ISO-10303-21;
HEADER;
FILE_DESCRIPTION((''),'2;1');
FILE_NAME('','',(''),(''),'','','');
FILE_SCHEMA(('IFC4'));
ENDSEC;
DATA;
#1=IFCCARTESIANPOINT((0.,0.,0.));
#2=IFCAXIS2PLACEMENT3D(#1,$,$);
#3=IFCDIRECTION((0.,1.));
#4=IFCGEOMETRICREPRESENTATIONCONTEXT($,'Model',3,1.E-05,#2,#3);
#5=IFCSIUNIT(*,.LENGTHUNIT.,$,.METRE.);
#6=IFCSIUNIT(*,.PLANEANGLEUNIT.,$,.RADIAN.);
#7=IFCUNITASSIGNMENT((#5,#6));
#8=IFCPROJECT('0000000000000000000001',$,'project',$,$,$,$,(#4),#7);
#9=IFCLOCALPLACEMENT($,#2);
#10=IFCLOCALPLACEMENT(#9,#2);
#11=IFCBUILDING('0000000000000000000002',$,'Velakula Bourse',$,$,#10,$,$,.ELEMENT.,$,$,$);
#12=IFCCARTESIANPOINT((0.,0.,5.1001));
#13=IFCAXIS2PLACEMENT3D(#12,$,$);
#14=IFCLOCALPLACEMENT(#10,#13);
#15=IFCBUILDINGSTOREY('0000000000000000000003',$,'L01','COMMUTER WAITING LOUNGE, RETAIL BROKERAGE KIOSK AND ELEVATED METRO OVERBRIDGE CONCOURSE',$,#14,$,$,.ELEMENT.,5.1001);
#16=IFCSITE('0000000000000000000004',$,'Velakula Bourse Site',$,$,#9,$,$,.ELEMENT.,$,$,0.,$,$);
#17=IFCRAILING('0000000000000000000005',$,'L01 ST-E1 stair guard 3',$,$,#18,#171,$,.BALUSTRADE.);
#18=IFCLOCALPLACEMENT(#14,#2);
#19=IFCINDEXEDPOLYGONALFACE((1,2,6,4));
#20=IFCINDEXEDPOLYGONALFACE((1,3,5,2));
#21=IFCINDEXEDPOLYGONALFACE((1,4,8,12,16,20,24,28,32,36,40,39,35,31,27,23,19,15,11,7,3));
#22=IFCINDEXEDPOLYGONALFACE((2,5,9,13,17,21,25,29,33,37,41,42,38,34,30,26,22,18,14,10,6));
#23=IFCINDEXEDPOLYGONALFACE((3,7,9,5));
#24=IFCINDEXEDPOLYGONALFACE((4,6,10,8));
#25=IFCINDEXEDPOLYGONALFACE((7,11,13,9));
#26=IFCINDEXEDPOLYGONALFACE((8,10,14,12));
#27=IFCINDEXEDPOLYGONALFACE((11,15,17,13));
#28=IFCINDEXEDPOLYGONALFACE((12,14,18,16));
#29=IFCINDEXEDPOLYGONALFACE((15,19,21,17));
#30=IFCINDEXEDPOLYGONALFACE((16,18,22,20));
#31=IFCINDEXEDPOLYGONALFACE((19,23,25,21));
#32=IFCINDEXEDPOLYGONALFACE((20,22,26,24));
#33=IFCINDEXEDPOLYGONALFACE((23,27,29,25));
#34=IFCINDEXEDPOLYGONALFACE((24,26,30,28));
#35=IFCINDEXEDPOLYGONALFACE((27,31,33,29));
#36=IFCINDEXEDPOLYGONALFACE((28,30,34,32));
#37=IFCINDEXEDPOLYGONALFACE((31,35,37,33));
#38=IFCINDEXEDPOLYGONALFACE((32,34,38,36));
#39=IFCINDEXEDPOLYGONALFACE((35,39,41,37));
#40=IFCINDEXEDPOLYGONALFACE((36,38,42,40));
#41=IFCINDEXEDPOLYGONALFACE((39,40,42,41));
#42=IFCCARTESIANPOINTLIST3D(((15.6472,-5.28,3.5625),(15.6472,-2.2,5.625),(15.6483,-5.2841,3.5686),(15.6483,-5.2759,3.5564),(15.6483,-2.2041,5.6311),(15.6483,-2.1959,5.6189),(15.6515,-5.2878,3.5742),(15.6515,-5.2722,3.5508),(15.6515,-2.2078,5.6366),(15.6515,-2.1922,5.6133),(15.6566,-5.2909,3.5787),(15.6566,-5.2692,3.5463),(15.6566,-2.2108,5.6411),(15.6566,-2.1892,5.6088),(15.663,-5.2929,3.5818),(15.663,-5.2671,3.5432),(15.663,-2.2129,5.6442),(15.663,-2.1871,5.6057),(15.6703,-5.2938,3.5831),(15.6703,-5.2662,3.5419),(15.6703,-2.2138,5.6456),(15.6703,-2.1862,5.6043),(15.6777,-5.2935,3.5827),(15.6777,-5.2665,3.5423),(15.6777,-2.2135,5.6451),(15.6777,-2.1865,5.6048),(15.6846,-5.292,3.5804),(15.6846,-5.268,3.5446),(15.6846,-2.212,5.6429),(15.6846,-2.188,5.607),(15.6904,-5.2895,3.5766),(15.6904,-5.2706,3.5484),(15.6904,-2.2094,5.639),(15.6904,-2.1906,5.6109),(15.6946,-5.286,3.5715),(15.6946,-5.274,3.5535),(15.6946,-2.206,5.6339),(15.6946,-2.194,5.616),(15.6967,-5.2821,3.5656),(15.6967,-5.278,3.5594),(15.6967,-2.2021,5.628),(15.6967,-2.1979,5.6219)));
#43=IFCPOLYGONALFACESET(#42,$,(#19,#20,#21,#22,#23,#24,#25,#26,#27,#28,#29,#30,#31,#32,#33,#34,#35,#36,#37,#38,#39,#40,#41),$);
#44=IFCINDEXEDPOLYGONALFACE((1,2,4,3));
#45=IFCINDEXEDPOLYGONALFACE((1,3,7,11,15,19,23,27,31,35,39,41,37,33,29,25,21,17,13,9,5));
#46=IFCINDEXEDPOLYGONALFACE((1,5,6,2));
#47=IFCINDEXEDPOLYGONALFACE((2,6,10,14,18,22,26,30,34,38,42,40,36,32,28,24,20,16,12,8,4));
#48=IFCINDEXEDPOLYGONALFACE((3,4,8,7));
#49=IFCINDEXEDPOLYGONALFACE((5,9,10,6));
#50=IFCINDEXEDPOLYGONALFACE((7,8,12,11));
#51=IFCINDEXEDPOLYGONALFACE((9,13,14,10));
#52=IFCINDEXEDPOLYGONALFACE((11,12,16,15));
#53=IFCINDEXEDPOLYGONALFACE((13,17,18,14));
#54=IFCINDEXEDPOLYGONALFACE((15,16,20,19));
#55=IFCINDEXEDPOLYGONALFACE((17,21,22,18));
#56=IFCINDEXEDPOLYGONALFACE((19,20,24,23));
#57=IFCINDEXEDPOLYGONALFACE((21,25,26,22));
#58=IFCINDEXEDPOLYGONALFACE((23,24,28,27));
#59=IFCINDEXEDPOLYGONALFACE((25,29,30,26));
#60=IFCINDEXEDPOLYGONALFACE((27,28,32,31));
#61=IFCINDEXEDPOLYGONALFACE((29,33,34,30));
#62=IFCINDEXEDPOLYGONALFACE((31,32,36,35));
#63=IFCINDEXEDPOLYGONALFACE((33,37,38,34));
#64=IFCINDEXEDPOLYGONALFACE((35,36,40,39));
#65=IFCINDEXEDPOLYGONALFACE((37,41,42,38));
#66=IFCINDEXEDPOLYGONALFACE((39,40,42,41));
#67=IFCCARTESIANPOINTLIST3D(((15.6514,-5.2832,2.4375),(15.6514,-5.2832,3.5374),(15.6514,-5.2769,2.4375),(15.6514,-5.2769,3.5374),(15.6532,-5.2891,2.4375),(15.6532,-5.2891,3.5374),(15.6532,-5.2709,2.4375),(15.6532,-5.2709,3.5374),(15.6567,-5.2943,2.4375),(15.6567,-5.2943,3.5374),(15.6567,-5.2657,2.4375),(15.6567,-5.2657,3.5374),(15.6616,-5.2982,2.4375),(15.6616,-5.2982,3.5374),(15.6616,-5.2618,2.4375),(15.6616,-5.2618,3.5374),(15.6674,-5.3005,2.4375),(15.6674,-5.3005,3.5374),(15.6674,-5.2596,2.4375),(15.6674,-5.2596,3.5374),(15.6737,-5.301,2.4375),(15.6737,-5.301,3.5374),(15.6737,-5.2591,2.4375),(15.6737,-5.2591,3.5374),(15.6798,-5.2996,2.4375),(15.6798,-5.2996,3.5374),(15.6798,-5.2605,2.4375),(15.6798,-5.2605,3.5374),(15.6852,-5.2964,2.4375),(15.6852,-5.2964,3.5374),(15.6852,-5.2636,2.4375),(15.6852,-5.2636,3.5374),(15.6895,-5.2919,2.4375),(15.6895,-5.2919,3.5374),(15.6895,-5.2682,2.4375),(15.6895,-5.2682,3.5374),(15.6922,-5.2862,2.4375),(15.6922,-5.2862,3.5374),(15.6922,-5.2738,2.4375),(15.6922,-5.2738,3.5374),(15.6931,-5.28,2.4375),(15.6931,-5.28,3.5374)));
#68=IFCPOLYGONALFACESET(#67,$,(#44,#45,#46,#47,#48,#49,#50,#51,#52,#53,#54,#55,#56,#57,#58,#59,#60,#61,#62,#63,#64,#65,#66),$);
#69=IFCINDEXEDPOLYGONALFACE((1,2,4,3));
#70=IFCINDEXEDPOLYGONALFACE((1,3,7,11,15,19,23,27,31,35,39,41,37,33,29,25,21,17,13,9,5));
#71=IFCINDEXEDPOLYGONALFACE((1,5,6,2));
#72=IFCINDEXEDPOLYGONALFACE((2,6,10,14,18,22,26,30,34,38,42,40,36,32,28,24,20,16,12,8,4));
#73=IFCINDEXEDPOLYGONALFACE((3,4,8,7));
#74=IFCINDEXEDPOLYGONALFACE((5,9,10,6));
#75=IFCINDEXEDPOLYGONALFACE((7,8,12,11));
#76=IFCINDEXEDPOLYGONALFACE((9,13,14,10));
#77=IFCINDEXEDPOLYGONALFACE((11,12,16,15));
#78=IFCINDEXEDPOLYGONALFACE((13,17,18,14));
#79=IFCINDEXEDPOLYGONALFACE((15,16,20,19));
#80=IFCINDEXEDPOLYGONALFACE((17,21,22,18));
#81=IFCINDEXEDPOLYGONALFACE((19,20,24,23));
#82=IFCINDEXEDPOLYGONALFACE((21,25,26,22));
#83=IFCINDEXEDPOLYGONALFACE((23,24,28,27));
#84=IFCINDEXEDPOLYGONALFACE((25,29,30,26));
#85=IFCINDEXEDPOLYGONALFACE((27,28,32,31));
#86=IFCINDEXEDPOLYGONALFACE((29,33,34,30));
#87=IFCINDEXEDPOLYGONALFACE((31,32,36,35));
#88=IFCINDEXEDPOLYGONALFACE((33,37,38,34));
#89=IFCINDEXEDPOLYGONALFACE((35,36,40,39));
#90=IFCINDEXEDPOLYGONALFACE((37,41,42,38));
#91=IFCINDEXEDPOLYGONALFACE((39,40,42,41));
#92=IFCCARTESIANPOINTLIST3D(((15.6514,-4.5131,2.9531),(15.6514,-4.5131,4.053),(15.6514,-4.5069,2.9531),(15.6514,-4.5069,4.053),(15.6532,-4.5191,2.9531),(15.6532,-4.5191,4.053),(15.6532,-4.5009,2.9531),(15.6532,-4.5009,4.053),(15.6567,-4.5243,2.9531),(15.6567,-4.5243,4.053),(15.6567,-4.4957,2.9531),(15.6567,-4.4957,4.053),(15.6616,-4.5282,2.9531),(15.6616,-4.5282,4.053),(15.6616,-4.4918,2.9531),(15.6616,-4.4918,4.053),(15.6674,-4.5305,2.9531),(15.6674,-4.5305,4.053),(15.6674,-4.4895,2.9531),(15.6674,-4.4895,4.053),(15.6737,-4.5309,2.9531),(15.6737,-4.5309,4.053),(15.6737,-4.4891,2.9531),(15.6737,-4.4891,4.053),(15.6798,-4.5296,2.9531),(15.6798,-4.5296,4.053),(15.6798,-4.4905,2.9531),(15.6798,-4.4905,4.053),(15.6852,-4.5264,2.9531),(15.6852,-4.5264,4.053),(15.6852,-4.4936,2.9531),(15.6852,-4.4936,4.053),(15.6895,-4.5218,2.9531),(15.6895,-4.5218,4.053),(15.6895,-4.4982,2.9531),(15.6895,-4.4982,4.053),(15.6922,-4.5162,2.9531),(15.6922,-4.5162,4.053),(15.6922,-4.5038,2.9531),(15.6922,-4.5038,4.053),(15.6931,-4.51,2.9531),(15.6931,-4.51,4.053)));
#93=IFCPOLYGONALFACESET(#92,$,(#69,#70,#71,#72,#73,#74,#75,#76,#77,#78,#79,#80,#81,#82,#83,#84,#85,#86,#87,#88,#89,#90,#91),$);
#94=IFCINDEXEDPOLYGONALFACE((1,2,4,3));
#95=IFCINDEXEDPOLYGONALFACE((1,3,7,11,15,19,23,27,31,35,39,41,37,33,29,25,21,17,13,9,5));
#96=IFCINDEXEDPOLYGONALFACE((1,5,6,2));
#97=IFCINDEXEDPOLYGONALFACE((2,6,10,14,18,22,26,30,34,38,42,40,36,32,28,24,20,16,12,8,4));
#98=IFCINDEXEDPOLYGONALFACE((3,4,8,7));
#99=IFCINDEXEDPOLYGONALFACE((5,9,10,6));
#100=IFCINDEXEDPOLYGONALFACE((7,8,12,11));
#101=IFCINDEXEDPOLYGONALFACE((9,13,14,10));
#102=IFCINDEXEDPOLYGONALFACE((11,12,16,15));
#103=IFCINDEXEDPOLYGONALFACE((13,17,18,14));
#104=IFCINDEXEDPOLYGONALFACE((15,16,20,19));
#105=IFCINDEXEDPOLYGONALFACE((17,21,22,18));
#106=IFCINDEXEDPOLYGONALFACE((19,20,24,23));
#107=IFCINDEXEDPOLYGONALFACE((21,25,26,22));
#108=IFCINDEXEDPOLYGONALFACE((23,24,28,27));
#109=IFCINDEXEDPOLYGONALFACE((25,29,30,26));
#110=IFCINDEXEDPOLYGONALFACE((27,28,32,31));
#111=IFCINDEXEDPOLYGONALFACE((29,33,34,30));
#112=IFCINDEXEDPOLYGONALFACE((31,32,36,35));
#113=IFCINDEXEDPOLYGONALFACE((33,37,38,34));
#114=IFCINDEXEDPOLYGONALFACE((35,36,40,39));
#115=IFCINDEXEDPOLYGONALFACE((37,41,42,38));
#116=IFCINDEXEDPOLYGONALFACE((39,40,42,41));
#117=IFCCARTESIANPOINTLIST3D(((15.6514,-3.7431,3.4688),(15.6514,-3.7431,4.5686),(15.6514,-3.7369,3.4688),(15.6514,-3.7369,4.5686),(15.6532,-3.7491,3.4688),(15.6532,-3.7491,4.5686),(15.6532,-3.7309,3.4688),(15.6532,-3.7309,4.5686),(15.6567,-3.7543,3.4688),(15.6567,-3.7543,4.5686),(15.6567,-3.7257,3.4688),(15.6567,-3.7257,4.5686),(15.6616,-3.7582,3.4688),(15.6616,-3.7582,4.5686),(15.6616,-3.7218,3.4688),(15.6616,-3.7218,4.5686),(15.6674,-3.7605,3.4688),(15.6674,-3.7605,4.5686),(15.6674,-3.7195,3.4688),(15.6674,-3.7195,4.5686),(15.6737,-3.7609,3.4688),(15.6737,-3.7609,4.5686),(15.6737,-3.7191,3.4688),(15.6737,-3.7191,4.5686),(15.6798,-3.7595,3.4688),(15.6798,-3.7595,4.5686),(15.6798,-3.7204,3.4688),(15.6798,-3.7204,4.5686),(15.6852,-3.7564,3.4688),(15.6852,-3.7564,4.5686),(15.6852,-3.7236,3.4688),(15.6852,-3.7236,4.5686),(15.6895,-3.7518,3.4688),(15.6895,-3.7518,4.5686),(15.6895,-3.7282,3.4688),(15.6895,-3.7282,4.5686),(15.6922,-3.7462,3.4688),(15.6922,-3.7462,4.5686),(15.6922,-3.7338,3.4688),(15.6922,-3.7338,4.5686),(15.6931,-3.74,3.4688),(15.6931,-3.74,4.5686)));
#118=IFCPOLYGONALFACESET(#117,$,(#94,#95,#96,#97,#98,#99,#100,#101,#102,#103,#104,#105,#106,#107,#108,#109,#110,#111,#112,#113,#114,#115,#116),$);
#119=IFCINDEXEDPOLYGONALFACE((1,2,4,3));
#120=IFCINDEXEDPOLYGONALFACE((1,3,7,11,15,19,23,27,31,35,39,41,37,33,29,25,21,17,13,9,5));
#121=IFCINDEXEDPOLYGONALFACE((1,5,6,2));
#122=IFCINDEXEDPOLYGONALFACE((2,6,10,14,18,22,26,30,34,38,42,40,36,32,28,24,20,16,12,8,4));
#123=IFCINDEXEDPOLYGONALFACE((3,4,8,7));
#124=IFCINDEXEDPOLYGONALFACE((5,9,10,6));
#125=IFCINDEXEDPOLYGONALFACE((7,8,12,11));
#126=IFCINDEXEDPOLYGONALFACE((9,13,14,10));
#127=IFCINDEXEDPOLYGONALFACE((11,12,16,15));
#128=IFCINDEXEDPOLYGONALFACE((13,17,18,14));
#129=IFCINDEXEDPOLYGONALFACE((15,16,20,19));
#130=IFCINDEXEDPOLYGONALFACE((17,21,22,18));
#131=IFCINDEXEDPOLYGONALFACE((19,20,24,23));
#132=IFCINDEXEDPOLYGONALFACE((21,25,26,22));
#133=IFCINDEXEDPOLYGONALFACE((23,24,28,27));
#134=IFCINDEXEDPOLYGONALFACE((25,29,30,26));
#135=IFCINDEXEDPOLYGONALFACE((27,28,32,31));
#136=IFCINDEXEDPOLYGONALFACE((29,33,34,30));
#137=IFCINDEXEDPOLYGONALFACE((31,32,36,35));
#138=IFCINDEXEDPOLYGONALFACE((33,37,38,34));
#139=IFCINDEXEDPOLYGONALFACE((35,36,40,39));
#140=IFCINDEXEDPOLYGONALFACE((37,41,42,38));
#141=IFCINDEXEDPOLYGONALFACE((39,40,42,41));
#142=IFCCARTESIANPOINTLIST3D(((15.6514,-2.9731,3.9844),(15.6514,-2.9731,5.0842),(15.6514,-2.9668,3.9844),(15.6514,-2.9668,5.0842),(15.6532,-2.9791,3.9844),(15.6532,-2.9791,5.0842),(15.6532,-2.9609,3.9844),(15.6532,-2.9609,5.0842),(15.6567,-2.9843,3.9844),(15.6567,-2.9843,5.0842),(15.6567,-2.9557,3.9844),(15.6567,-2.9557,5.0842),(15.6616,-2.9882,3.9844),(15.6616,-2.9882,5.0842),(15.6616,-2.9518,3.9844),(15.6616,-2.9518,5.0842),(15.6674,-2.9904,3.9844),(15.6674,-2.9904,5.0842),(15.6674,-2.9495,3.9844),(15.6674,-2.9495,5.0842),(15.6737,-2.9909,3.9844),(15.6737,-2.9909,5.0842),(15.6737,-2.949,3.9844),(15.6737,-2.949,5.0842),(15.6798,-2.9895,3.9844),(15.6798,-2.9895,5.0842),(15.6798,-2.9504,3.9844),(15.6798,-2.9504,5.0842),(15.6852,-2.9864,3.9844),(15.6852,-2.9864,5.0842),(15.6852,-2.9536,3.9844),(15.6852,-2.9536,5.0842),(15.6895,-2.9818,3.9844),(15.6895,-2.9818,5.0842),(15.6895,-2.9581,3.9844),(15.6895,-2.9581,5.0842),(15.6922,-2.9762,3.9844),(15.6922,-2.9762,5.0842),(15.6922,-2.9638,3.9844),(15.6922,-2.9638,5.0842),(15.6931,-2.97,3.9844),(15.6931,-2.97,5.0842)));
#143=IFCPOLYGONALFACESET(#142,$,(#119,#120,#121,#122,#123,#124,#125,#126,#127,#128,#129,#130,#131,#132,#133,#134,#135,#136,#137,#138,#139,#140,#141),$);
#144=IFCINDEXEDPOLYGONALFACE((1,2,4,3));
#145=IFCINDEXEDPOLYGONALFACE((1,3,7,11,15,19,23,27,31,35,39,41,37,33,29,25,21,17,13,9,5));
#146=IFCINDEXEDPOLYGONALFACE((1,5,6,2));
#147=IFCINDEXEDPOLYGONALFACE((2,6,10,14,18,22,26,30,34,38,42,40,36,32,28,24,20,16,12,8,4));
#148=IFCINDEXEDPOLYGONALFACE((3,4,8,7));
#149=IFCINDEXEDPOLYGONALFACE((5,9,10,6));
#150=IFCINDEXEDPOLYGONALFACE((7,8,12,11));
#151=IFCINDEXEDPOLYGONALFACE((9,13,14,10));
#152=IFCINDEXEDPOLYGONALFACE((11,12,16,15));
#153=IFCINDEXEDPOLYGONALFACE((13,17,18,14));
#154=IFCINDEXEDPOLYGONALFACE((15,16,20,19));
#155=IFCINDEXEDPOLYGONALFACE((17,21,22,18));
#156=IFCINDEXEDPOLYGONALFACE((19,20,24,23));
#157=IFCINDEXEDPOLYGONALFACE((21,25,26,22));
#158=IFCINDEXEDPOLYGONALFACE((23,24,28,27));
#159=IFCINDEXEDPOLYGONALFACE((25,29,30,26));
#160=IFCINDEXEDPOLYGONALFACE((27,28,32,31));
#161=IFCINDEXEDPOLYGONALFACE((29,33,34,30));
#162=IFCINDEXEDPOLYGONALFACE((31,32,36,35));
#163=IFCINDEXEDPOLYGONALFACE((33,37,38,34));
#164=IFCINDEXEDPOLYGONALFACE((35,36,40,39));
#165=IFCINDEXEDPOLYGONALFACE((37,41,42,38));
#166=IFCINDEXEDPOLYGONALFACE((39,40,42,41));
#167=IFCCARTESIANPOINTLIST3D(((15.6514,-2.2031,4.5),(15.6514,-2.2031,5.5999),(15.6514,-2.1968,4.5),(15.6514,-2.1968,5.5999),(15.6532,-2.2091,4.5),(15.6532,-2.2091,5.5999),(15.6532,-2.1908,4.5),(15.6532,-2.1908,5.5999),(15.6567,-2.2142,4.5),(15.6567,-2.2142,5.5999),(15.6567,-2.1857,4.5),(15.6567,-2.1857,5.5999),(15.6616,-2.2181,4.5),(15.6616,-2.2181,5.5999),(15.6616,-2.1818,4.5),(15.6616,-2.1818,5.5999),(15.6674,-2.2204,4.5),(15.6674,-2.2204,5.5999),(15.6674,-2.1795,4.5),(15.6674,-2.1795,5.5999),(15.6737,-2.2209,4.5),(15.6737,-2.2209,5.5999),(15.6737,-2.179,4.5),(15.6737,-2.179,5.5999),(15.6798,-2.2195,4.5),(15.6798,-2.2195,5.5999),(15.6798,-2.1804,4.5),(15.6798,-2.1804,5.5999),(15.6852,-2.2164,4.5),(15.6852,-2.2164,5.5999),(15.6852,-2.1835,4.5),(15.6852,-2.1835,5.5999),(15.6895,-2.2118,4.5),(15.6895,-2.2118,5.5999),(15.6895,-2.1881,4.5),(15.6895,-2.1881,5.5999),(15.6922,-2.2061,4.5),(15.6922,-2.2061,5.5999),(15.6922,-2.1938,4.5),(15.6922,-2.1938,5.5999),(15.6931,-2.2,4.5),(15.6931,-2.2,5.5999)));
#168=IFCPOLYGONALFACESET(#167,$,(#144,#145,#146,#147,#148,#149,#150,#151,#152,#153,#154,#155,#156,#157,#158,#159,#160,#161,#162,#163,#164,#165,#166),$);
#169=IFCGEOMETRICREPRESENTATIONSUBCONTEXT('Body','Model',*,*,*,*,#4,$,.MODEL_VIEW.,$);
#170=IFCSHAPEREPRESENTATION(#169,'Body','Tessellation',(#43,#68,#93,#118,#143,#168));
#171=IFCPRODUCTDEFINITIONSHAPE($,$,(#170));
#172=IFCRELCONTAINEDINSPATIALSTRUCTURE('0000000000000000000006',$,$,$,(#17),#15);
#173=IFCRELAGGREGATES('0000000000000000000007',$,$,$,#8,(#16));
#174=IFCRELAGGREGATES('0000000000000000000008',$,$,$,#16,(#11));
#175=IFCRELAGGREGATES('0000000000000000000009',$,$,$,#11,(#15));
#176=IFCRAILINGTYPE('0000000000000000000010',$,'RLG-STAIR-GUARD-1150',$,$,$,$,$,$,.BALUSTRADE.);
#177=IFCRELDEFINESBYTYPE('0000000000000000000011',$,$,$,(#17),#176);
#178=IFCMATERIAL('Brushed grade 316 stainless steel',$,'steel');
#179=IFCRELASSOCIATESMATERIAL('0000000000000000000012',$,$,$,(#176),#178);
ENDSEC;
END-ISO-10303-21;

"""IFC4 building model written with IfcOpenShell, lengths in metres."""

from ifc_helpers import new_model, si_unit, direction, frame, origin, origin_2d, place, context, subcontext, project, spatial, circle, extrude, material, type_object, element, save


model = new_model("IFC4")

# Units and contexts
model_context = context("Model", 3, precision=1e-05, world=origin(), true_north=direction((0.0, 1.0)))
body_context = subcontext(model_context, "Body", "Model", "MODEL_VIEW")
ifc_project = project(units=[si_unit("LENGTHUNIT", "METRE"), si_unit("PLANEANGLEUNIT", "RADIAN")], contexts=[model_context])

# Site, building, storey
site_placement = place(None, origin())
site = spatial("IfcSite", under=ifc_project, at=site_placement, Name="Velakula Bourse Site", CompositionType="ELEMENT", RefElevation=0.0)
building_placement = place(site_placement, origin())
building = spatial("IfcBuilding", under=site, at=building_placement, Name="Velakula Bourse", CompositionType="ELEMENT")
storey_placement = place(building_placement, frame((0.0, 0.0, 5.1001)))
storey = spatial("IfcBuildingStorey", under=building, at=storey_placement, Name="L01", Description="COMMUTER WAITING LOUNGE, RETAIL BROKERAGE KIOSK AND ELEVATED METRO OVERBRIDGE CONCOURSE", CompositionType="ELEMENT", Elevation=5.1001)

# Shared definitions
ifc_material_1 = material(Name="Brushed grade 316 stainless steel", Category="steel")

# Railing
railing_type_1 = type_object("IfcRailingType", Name="RLG-STAIR-GUARD-1150", PredefinedType="BALUSTRADE", material=ifc_material_1)
railing_1_placement = place(storey_placement, frame((15.6721, -5.28, 2.4375)))
element("IfcRailing", 1, at=railing_1_placement, inside=storey, type_object=railing_type_1, Name="L01 ST-E1 stair guard 3", PredefinedType="BALUSTRADE", context=body_context, shape_type="SweptSolid", body=[
    extrude(circle(Radius=0.0249, at=origin_2d()), frame((0.0, 0.0, 1.125), z_axis=(0.0, 0.830914, 0.556401), x_axis=(-1.0, 0.0, 0.0)), (0.0, 0.0, 1.0), 3.7068),
    extrude(circle(Radius=0.021, at=origin_2d()), origin(), (0.0, 0.0, 1.0), 1.0999),
    extrude(circle(Radius=0.021, at=origin_2d()), frame((0.0, 0.77, 0.5156)), (0.0, 0.0, 1.0), 1.0999),
    extrude(circle(Radius=0.021, at=origin_2d()), frame((0.0, 1.54, 1.0312)), (0.0, 0.0, 1.0), 1.0999),
    extrude(circle(Radius=0.021, at=origin_2d()), frame((0.0, 2.3101, 1.5469)), (0.0, 0.0, 1.0), 1.0999),
    extrude(circle(Radius=0.021, at=origin_2d()), frame((0.0, 3.0801, 2.0625)), (0.0, 0.0, 1.0), 1.0999),
])

save(model, "model.ifc")
